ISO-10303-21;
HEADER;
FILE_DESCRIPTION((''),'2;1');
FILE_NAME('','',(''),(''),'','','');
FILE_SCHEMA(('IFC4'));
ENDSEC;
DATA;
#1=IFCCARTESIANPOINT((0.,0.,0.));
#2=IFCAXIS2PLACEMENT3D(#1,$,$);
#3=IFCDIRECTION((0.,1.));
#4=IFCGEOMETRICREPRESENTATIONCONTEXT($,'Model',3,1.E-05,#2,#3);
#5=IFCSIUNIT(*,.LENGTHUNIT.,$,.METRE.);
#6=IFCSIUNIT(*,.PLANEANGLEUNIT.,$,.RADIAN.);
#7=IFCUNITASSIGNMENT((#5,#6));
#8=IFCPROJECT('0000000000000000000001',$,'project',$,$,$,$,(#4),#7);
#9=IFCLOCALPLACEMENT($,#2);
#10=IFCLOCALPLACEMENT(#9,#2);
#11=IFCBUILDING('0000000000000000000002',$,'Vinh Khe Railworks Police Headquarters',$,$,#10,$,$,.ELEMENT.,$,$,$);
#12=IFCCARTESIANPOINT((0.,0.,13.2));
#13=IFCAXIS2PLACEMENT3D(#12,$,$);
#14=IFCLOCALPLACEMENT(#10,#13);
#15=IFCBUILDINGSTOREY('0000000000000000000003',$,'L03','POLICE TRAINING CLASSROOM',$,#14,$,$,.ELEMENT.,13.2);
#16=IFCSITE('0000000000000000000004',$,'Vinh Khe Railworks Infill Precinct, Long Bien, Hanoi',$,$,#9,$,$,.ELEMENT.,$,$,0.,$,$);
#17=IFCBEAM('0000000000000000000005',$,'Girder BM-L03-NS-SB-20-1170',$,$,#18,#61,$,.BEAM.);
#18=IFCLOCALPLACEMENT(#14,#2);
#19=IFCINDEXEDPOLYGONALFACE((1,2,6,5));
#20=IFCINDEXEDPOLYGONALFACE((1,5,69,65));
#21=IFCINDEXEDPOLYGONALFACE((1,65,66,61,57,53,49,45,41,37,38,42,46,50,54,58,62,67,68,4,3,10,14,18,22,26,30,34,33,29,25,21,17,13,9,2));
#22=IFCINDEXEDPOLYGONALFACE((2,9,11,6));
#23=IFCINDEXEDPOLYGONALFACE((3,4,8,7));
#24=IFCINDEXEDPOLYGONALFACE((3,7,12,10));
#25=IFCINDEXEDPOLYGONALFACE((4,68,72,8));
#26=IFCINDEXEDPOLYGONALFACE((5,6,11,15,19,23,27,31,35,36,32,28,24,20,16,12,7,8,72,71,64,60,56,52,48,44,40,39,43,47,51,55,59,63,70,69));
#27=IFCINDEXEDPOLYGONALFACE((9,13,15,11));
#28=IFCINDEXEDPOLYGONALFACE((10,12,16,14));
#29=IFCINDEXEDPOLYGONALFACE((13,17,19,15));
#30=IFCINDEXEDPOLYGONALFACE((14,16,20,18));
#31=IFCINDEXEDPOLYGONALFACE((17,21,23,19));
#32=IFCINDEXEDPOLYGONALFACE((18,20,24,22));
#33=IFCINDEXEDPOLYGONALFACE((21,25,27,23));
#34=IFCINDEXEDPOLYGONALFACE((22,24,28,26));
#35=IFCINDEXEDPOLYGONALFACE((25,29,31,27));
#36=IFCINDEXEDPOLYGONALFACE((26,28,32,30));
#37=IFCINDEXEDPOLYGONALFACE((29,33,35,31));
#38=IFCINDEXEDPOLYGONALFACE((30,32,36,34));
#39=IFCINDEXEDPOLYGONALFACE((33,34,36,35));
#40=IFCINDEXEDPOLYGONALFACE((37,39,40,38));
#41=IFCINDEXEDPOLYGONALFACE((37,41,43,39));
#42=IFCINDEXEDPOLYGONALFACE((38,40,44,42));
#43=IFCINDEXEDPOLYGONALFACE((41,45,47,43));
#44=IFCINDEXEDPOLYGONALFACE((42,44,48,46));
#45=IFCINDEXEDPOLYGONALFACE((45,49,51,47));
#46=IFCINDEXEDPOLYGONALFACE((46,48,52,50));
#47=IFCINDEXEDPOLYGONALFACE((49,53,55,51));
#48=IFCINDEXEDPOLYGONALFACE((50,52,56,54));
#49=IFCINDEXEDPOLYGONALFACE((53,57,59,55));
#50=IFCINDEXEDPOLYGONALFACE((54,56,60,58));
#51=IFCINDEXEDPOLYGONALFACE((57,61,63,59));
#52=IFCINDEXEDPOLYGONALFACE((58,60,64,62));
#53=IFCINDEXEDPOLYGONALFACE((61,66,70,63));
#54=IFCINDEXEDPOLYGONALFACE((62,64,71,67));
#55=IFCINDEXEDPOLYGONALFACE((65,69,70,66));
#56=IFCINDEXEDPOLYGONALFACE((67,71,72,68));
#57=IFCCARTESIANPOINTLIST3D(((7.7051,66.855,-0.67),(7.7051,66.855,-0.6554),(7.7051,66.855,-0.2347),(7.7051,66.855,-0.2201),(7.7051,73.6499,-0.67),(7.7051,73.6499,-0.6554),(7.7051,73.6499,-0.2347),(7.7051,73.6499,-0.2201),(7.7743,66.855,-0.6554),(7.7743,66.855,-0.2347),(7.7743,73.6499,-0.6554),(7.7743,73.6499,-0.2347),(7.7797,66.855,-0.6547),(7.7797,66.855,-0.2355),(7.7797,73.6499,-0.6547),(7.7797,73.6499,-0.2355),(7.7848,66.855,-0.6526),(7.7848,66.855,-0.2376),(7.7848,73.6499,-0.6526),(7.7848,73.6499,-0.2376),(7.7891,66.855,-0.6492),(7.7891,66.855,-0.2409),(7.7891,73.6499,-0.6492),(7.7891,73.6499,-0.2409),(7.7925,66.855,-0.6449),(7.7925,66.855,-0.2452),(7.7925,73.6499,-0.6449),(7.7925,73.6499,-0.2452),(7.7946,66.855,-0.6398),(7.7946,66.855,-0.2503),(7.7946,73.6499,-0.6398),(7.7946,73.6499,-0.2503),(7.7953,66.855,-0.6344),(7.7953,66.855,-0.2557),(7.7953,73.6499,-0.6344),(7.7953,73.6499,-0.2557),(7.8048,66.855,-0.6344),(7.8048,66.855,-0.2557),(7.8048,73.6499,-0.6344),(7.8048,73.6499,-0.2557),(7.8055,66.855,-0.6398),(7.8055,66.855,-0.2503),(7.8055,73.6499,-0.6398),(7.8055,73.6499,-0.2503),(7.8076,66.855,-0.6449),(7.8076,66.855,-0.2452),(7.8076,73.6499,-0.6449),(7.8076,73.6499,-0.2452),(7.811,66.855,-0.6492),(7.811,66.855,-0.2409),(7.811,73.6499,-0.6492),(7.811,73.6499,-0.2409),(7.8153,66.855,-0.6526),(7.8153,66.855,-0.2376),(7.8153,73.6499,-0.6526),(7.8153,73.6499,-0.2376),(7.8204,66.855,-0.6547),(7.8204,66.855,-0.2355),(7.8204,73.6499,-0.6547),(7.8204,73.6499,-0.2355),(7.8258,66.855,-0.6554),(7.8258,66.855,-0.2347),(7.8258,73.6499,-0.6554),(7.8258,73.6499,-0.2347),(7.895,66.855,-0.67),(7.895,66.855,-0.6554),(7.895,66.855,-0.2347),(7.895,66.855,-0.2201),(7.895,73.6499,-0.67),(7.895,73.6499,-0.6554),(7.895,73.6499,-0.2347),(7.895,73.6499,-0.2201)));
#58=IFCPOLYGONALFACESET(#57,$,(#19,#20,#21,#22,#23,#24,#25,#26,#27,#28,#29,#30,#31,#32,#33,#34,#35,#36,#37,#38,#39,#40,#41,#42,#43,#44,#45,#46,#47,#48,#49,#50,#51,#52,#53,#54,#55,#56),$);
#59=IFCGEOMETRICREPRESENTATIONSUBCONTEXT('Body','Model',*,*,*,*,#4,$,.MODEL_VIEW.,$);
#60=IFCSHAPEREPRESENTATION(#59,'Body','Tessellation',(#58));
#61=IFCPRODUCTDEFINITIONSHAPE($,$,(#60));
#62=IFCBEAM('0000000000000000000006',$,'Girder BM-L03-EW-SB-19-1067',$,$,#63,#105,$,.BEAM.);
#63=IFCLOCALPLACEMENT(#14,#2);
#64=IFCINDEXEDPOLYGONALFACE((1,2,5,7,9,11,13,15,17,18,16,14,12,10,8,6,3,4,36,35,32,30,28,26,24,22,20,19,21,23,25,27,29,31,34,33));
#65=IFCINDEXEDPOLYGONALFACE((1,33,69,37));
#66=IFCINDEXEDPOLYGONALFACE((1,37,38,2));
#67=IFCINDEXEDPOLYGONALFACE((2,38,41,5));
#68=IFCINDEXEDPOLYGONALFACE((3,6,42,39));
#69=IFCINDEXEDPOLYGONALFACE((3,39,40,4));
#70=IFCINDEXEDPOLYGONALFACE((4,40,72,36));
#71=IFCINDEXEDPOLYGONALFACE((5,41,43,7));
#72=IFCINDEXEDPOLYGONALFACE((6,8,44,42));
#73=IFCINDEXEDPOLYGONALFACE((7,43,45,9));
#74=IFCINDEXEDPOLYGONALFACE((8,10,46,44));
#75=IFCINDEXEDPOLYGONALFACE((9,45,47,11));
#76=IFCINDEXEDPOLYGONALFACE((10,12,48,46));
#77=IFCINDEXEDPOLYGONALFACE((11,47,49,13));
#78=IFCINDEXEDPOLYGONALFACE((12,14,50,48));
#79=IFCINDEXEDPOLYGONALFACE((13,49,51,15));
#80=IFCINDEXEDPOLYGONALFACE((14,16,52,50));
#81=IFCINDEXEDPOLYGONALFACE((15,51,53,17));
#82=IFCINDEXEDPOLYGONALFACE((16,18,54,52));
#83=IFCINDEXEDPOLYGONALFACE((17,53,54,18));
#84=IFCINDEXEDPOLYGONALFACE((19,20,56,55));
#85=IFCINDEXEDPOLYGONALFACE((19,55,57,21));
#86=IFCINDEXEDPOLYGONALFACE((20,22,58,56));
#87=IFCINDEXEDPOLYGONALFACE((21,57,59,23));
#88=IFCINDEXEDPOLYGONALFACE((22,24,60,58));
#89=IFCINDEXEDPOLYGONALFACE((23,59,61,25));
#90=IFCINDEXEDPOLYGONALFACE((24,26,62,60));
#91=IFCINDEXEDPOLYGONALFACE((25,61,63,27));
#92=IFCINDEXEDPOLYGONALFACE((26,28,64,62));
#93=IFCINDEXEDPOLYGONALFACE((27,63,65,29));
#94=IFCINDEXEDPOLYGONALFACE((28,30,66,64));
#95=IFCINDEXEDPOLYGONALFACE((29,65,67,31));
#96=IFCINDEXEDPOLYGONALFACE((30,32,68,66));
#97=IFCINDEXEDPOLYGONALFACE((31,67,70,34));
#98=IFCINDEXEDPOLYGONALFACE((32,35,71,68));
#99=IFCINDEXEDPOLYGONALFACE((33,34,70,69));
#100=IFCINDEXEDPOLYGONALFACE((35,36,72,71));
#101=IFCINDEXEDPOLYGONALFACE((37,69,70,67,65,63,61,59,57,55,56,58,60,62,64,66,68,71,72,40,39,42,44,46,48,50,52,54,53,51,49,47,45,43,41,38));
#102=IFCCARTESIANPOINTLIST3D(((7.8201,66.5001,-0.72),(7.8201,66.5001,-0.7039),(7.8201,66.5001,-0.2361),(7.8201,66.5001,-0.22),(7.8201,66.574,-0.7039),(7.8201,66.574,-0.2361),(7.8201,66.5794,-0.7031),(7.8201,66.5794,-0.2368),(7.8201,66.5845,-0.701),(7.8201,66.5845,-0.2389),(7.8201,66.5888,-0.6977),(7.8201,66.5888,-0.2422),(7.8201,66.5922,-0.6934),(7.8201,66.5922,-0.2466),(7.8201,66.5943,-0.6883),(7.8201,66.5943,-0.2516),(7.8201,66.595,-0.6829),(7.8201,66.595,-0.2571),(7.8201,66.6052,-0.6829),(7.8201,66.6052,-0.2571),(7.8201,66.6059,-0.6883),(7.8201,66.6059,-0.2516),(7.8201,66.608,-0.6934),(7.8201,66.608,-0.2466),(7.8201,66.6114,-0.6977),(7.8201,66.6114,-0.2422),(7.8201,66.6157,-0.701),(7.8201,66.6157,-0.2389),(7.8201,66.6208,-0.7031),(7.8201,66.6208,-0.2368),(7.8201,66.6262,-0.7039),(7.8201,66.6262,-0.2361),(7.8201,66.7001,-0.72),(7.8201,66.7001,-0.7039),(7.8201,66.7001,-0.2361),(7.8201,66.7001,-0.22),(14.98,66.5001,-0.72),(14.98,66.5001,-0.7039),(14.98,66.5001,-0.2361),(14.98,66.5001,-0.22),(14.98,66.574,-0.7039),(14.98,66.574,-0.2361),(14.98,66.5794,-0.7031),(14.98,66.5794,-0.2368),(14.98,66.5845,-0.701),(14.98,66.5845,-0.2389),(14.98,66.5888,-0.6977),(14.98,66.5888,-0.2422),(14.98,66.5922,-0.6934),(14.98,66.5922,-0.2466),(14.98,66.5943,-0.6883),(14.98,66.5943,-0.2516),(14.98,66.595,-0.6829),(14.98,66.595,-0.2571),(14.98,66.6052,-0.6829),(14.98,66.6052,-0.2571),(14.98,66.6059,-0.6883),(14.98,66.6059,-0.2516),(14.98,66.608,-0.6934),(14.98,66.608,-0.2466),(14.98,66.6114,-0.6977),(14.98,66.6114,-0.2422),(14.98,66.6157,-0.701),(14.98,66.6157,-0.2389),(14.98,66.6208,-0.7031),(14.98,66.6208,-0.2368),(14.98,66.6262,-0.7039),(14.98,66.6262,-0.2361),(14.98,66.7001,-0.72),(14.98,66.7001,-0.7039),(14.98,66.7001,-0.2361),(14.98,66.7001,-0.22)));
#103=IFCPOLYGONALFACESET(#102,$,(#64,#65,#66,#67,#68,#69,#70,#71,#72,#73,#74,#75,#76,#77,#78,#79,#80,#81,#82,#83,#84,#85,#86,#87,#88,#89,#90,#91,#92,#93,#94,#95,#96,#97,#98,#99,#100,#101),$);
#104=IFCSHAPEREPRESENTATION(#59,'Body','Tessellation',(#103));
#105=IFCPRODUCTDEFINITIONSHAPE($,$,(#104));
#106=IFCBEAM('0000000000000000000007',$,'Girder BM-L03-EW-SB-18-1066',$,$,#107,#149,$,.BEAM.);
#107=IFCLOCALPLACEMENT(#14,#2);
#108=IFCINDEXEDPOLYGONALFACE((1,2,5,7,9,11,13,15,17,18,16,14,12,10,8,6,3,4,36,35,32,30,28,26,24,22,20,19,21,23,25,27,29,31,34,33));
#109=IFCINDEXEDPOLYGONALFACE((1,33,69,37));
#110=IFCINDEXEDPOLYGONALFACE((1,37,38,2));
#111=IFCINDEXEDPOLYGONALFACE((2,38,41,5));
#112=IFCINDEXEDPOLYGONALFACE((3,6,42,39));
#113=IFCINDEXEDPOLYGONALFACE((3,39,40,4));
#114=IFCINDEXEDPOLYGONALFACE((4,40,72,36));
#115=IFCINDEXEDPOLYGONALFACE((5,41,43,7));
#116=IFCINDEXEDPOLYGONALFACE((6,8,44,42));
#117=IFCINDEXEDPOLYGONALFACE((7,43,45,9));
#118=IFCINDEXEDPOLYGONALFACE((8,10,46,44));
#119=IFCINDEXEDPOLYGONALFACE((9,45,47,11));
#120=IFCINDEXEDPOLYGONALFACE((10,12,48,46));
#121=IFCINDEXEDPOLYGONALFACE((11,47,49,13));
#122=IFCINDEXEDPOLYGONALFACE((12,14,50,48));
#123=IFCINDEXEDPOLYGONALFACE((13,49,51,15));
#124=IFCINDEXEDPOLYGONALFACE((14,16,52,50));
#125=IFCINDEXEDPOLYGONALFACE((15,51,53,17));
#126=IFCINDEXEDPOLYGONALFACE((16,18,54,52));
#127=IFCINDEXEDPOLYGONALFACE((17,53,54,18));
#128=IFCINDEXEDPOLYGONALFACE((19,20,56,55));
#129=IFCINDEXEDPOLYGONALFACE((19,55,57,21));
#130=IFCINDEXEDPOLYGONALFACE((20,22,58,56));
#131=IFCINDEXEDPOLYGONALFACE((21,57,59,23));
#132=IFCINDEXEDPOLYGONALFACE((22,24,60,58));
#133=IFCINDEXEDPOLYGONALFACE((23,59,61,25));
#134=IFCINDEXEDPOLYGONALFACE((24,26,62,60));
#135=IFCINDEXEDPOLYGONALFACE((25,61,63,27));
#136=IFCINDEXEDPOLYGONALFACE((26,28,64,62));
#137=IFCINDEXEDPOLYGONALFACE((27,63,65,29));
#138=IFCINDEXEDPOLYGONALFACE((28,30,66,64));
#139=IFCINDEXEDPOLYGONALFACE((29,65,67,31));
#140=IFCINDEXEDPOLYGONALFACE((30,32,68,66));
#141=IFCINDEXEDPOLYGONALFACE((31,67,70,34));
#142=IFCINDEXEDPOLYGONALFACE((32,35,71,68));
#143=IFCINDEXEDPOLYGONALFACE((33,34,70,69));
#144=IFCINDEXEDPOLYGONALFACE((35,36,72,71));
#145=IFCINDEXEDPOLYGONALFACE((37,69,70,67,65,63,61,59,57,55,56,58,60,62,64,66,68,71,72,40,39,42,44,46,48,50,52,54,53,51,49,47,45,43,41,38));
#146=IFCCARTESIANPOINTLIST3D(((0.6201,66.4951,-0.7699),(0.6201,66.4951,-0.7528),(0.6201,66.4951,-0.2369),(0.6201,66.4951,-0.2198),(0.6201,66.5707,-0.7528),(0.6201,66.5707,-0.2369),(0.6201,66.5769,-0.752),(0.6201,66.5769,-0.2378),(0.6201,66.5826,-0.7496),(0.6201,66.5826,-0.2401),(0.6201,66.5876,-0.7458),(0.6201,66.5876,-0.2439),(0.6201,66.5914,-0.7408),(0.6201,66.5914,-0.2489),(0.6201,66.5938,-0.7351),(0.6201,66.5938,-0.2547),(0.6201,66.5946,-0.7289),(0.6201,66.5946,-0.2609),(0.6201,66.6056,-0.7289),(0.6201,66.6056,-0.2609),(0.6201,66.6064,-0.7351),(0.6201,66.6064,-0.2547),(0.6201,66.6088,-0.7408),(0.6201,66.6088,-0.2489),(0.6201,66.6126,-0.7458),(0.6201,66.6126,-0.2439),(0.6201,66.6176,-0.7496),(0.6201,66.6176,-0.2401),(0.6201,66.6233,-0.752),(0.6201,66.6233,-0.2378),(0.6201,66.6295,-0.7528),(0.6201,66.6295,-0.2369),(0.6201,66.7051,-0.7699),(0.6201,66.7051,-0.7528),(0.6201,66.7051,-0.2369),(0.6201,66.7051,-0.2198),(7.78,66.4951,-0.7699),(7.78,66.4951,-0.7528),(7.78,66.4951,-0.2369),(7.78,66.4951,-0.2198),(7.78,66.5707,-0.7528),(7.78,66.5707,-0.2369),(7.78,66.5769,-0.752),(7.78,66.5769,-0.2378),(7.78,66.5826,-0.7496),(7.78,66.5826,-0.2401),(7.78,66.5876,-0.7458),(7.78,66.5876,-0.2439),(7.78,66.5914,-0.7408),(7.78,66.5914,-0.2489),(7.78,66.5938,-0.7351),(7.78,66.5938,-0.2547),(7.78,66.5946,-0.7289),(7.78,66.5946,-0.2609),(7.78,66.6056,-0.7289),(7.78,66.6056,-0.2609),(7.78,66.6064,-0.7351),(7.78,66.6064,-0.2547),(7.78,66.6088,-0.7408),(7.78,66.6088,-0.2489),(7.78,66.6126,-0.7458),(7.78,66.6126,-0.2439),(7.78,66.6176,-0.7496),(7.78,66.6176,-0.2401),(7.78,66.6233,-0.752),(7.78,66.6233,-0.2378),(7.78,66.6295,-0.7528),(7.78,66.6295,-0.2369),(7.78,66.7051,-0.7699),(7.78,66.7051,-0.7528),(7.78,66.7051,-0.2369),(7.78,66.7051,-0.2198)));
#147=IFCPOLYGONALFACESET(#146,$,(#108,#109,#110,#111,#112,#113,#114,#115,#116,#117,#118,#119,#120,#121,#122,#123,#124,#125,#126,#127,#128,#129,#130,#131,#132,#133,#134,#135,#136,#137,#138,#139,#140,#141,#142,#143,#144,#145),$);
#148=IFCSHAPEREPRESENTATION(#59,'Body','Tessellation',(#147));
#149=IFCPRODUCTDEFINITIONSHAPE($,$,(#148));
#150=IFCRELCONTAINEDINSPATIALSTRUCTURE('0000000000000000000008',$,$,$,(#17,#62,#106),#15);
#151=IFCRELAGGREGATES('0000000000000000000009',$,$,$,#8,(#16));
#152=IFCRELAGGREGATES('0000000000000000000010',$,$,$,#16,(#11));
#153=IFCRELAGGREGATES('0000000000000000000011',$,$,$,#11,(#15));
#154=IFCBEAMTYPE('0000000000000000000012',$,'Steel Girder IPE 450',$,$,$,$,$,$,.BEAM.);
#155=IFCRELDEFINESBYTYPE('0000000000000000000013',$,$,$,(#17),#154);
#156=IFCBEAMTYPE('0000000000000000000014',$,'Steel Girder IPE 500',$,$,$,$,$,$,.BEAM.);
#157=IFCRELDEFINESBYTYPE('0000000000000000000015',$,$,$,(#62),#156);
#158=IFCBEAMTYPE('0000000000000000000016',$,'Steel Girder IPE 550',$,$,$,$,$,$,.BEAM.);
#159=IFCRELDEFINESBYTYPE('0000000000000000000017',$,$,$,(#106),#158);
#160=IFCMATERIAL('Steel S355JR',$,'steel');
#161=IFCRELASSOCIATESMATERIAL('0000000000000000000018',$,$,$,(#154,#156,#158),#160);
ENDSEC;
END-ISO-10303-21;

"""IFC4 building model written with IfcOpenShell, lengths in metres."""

from ifc_helpers import new_model, si_unit, direction, frame, origin, origin_2d, place, context, subcontext, project, spatial, i_section, extrude, material, material_profile, profile_set, type_object, element, save


model = new_model("IFC4")

# Units and contexts
model_context = context("Model", 3, precision=1e-05, world=origin(), true_north=direction((0.0, 1.0)))
body_context = subcontext(model_context, "Body", "Model", "MODEL_VIEW")
ifc_project = project(units=[si_unit("LENGTHUNIT", "METRE"), si_unit("PLANEANGLEUNIT", "RADIAN")], contexts=[model_context])

# Site, building, storey
site_placement = place(None, origin())
site = spatial("IfcSite", under=ifc_project, at=site_placement, Name="Vinh Khe Railworks Infill Precinct, Long Bien, Hanoi", CompositionType="ELEMENT", RefElevation=0.0)
building_placement = place(site_placement, origin())
building = spatial("IfcBuilding", under=site, at=building_placement, Name="Vinh Khe Railworks Police Headquarters", CompositionType="ELEMENT")
storey_placement = place(building_placement, frame((0.0, 0.0, 13.2)))
storey = spatial("IfcBuildingStorey", under=building, at=storey_placement, Name="L03", Description="POLICE TRAINING CLASSROOM", CompositionType="ELEMENT", Elevation=13.2)

# Shared definitions
ifc_material_1 = material(Name="Steel S355JR", Category="steel")

# Beams
ifc_material_profile_1 = material_profile(ifc_material_1, i_section(OverallWidth=0.1899, OverallDepth=0.45, WebThickness=0.0095, FlangeThickness=0.0146, FilletRadius=0.021, at=origin_2d()), Name="IPE 450")
ifc_profile_set_1 = profile_set([ifc_material_profile_1], Name="Steel S355JR")
beam_type_1 = type_object("IfcBeamType", Name="Steel Girder IPE 450", PredefinedType="BEAM", material=ifc_profile_set_1)
beam_1_placement = place(storey_placement, frame((7.8, 66.855, -0.4451), z_axis=(0.0, 1.0, 0.0), x_axis=(-1.0, 0.0, 0.0)))
element("IfcBeam", 1, at=beam_1_placement, inside=storey, type_object=beam_type_1, Name="Girder BM-L03-NS-SB-20-1170", PredefinedType="BEAM", context=body_context, shape_type="SweptSolid", body=[
    extrude(i_section(OverallWidth=0.1899, OverallDepth=0.45, WebThickness=0.0095, FlangeThickness=0.0146, FilletRadius=0.021, at=origin_2d()), origin(), (0.0, 0.0, 1.0), 6.7949),
])
ifc_material_profile_2 = material_profile(ifc_material_1, i_section(OverallWidth=0.2, OverallDepth=0.5, WebThickness=0.0103, FlangeThickness=0.0161, FilletRadius=0.021, at=origin_2d()), Name="IPE 500")
ifc_profile_set_2 = profile_set([ifc_material_profile_2], Name="Steel S355JR")
beam_type_2 = type_object("IfcBeamType", Name="Steel Girder IPE 500", PredefinedType="BEAM", material=ifc_profile_set_2)
beam_2_placement = place(storey_placement, frame((7.8201, 66.6001, -0.47), z_axis=(1.0, 0.0, 0.0), x_axis=(0.0, 1.0, 0.0)))
element("IfcBeam", 2, at=beam_2_placement, inside=storey, type_object=beam_type_2, Name="Girder BM-L03-EW-SB-19-1067", PredefinedType="BEAM", context=body_context, shape_type="SweptSolid", body=[
    extrude(i_section(OverallWidth=0.2, OverallDepth=0.5, WebThickness=0.0103, FlangeThickness=0.0161, FilletRadius=0.021, at=origin_2d()), origin(), (0.0, 0.0, 1.0), 7.1599),
])
ifc_material_profile_3 = material_profile(ifc_material_1, i_section(OverallWidth=0.21, OverallDepth=0.55, WebThickness=0.011, FlangeThickness=0.0171, FilletRadius=0.0239, at=origin_2d()), Name="IPE 550")
ifc_profile_set_3 = profile_set([ifc_material_profile_3], Name="Steel S355JR")
beam_type_3 = type_object("IfcBeamType", Name="Steel Girder IPE 550", PredefinedType="BEAM", material=ifc_profile_set_3)
beam_3_placement = place(storey_placement, frame((0.6201, 66.6001, -0.4949), z_axis=(1.0, 0.0, 0.0), x_axis=(0.0, 1.0, 0.0)))
element("IfcBeam", 3, at=beam_3_placement, inside=storey, type_object=beam_type_3, Name="Girder BM-L03-EW-SB-18-1066", PredefinedType="BEAM", context=body_context, shape_type="SweptSolid", body=[
    extrude(i_section(OverallWidth=0.21, OverallDepth=0.55, WebThickness=0.011, FlangeThickness=0.0171, FilletRadius=0.0239, at=origin_2d()), origin(), (0.0, 0.0, 1.0), 7.1599),
])

save(model, "model.ifc")
